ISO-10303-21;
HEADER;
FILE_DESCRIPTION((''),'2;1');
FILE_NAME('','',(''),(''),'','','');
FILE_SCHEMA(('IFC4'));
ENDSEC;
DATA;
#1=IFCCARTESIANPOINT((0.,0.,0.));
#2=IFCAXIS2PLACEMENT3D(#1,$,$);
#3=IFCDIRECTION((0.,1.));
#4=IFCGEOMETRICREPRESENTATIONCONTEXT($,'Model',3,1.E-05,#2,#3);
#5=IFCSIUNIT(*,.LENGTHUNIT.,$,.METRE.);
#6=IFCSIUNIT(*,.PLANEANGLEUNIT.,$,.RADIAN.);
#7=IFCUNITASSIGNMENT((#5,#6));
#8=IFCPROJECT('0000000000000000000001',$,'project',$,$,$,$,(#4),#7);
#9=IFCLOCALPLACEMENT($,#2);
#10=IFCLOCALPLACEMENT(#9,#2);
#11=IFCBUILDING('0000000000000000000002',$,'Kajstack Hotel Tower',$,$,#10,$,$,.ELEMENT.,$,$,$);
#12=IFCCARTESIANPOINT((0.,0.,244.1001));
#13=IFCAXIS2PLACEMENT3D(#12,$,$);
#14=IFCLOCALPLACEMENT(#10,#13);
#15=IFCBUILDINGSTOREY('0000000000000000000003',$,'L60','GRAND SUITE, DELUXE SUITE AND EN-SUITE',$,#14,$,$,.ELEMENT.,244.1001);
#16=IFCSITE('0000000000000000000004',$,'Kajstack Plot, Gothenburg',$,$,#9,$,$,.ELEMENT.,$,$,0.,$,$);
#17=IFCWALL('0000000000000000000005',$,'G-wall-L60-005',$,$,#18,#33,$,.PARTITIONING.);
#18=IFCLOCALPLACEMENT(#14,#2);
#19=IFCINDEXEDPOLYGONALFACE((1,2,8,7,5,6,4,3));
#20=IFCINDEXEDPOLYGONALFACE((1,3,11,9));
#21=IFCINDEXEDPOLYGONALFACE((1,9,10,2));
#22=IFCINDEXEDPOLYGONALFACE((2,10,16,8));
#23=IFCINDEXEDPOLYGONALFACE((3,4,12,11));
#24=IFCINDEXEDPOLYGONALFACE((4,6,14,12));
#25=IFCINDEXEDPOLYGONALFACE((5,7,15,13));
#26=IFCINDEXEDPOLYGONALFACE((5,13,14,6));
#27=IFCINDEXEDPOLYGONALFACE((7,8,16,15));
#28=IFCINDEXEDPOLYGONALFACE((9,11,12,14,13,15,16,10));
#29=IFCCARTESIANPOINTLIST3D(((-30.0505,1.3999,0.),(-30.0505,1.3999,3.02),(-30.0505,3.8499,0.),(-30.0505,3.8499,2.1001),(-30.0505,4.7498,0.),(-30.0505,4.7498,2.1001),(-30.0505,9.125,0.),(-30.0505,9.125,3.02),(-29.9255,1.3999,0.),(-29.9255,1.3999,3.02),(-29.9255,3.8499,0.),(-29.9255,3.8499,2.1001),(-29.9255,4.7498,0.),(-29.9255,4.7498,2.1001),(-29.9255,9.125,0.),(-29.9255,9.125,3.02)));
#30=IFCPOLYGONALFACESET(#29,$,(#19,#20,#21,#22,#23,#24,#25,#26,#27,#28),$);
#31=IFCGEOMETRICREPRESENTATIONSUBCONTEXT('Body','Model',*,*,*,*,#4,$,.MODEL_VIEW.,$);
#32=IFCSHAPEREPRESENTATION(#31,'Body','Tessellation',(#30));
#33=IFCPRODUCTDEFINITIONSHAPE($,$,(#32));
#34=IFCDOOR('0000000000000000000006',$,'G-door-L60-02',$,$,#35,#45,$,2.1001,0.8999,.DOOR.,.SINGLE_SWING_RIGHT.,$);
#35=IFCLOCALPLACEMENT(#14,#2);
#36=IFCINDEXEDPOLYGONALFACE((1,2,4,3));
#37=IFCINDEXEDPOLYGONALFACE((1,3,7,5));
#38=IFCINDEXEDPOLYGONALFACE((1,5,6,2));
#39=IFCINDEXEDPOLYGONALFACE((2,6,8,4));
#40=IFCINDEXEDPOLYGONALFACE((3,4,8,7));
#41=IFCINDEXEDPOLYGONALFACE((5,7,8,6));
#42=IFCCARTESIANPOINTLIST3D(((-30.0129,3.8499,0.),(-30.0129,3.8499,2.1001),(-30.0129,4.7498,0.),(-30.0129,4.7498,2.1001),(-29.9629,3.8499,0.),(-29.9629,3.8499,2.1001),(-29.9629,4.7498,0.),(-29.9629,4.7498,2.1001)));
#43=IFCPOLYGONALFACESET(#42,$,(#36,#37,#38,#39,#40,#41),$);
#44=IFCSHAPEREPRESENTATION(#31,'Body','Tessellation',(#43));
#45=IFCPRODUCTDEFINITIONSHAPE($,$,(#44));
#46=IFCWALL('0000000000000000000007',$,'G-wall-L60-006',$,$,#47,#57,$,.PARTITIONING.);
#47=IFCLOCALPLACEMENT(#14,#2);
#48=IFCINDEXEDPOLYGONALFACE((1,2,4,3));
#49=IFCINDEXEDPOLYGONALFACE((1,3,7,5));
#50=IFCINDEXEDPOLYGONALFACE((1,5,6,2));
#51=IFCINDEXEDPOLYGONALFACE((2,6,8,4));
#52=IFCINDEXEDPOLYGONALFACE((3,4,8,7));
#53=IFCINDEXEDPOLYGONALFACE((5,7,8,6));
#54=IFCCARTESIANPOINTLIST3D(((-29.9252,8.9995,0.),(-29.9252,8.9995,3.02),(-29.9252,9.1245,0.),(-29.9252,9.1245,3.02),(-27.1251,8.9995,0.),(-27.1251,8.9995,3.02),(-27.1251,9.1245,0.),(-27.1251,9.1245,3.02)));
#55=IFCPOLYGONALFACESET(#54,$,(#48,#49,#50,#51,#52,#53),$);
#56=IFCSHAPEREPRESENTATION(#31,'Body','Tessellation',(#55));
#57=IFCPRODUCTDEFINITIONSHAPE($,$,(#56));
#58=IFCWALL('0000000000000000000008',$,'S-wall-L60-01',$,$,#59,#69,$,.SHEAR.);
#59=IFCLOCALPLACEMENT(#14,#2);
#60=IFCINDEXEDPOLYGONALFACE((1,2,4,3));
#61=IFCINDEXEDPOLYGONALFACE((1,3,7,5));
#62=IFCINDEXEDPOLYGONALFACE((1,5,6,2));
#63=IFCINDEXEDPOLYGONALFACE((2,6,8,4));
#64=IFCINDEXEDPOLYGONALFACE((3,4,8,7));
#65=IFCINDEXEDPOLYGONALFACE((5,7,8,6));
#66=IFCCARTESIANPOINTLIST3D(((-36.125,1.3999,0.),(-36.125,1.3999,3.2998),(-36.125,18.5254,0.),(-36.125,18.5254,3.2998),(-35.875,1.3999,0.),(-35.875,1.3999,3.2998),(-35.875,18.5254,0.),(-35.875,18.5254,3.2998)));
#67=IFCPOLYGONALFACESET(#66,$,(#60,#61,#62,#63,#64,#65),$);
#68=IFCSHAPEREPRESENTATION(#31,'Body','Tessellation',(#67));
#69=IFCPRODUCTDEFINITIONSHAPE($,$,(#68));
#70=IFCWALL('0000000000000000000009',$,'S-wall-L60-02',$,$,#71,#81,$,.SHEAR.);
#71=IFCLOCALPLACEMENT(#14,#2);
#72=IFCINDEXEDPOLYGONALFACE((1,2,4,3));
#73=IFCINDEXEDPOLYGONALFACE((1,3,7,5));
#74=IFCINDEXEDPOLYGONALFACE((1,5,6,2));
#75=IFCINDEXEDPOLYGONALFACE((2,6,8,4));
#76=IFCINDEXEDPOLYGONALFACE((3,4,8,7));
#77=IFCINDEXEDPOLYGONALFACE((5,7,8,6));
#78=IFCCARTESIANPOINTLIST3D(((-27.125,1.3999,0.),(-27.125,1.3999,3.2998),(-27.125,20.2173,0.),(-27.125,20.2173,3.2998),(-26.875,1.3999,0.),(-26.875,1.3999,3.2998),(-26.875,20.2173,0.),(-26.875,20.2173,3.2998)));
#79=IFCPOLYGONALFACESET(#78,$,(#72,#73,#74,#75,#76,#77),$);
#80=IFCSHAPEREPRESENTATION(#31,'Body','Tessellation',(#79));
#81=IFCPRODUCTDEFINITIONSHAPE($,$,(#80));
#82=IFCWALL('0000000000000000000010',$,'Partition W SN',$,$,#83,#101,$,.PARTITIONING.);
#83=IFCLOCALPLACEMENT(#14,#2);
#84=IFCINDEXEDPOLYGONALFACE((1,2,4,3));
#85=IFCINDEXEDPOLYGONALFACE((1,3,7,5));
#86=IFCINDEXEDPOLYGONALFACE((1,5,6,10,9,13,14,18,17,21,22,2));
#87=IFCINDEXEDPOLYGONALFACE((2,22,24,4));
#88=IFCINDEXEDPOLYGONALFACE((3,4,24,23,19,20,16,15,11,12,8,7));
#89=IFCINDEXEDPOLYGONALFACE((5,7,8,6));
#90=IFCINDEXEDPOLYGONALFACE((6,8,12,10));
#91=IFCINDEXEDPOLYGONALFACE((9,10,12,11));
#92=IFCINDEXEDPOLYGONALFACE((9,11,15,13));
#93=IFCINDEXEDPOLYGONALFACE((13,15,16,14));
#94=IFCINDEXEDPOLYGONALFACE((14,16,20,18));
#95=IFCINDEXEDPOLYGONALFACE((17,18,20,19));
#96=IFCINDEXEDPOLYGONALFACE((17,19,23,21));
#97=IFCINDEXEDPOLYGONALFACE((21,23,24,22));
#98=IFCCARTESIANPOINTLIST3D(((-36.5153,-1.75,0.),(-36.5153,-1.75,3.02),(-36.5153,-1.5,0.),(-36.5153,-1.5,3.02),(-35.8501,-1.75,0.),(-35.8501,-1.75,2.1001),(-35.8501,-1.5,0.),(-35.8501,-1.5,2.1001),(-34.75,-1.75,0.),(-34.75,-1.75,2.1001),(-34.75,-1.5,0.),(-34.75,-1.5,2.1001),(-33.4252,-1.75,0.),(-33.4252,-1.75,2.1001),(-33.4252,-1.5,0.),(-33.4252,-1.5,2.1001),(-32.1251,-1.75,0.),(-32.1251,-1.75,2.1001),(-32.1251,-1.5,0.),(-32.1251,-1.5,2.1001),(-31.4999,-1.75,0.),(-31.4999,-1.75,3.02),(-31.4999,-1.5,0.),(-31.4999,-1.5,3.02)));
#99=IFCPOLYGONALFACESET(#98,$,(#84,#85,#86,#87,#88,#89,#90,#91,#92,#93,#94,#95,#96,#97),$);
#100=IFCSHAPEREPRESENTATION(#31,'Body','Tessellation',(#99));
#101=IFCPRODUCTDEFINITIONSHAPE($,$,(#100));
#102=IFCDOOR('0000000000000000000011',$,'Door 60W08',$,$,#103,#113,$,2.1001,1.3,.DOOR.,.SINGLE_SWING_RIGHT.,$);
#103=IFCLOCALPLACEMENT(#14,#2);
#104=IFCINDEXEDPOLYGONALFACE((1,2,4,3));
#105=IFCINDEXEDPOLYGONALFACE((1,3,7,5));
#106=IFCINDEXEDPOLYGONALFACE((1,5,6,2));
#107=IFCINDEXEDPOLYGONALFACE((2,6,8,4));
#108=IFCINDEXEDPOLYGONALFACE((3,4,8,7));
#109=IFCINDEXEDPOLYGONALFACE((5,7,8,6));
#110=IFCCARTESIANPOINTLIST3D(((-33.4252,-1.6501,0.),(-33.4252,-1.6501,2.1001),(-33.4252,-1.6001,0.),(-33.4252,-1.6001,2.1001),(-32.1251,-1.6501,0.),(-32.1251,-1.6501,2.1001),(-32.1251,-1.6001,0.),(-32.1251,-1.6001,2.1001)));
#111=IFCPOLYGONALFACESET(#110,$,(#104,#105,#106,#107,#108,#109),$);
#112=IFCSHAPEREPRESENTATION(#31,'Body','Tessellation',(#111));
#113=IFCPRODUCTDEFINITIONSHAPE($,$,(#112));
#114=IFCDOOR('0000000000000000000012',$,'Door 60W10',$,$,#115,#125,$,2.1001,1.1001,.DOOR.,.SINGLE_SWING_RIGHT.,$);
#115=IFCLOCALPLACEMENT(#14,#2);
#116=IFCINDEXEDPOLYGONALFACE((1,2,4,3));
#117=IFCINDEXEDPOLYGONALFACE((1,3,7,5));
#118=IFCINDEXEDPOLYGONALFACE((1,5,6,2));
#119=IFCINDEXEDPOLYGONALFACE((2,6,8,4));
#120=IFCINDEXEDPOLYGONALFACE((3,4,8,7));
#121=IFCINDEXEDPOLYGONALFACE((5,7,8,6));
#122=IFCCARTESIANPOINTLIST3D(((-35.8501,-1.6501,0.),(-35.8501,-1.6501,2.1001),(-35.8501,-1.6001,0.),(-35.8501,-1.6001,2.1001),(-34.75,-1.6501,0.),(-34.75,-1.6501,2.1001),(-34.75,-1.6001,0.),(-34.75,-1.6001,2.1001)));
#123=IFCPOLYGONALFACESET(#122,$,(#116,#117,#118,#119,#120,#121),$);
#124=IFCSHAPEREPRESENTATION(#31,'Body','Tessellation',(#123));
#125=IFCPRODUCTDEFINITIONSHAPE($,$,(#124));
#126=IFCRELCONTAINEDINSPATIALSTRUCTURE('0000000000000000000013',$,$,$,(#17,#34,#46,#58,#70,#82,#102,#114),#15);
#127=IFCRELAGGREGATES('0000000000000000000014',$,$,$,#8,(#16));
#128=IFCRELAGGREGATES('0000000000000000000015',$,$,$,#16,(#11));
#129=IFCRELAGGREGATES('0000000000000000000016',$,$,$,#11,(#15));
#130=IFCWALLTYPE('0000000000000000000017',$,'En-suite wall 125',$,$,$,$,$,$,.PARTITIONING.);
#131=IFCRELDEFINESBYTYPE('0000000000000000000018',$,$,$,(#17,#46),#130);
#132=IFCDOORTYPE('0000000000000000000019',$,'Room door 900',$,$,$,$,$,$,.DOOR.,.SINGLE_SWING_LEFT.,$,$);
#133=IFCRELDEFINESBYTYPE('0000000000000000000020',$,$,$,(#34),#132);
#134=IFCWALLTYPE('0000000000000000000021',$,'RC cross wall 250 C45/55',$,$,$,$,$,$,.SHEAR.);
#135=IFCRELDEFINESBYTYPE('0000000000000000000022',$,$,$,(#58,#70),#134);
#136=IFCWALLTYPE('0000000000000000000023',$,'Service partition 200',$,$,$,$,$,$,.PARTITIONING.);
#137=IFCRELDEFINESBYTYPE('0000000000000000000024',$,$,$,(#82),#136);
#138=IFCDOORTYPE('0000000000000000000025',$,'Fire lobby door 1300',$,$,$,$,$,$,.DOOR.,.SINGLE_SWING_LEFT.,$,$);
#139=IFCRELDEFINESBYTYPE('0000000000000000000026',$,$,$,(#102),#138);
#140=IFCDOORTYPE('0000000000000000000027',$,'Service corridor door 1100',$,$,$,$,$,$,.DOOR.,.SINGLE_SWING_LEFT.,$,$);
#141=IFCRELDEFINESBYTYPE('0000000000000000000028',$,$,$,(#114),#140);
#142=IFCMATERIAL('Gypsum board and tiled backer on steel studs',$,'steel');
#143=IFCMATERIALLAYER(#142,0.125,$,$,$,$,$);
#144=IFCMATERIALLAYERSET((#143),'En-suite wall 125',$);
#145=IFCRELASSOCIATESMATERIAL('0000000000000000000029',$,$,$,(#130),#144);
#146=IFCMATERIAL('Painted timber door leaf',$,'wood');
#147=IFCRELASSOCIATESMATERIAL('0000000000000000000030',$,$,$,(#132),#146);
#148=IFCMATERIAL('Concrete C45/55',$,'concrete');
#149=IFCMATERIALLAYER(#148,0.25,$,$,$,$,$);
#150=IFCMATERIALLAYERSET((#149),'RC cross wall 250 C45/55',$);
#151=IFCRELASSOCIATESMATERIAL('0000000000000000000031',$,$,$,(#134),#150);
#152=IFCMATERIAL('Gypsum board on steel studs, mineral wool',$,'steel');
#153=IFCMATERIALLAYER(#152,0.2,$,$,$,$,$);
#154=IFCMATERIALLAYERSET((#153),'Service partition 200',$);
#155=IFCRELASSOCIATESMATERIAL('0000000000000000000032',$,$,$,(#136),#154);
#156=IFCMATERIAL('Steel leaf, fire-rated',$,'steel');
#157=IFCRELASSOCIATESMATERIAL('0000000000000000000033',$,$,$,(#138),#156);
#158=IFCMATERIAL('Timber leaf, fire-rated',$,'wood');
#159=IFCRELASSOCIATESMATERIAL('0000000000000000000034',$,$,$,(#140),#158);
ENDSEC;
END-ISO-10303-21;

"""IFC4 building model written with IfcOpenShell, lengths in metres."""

from ifc_helpers import new_model, si_unit, direction, frame, frame_2d, origin, place, context, subcontext, project, spatial, rectangle, extrude, material, layer, layer_set, type_object, element, fill, save


model = new_model("IFC4")

# Units and contexts
model_context = context("Model", 3, precision=1e-05, world=origin(), true_north=direction((0.0, 1.0)))
body_context = subcontext(model_context, "Body", "Model", "MODEL_VIEW")
ifc_project = project(units=[si_unit("LENGTHUNIT", "METRE"), si_unit("PLANEANGLEUNIT", "RADIAN")], contexts=[model_context])

# Site, building, storey
site_placement = place(None, origin())
site = spatial("IfcSite", under=ifc_project, at=site_placement, Name="Kajstack Plot, Gothenburg", CompositionType="ELEMENT", RefElevation=0.0)
building_placement = place(site_placement, origin())
building = spatial("IfcBuilding", under=site, at=building_placement, Name="Kajstack Hotel Tower", CompositionType="ELEMENT")
storey_placement = place(building_placement, frame((0.0, 0.0, 244.1001)))
storey = spatial("IfcBuildingStorey", under=building, at=storey_placement, Name="L60", Description="GRAND SUITE, DELUXE SUITE AND EN-SUITE", CompositionType="ELEMENT", Elevation=244.1001)

# Shared definitions
ifc_material_1 = material(Name="Gypsum board on steel studs, mineral wool", Category="steel")

# Wall, opening, door
ifc_material_2 = material(Name="Gypsum board and tiled backer on steel studs", Category="steel")
ifc_layer_1 = layer(ifc_material_2, 0.125)
ifc_layer_set_1 = layer_set([ifc_layer_1], Name="En-suite wall 125")
wall_type_1 = type_object("IfcWallType", Name="En-suite wall 125", PredefinedType="PARTITIONING", material=ifc_layer_set_1)
wall_1_placement = place(storey_placement, frame((-29.988, 1.3999, 0.0), z_axis=(0.0, 0.0, 1.0), x_axis=(0.0, 1.0, 0.0)))
wall_1 = element("IfcWall", 1, at=wall_1_placement, inside=storey, type_object=wall_type_1, Name="G-wall-L60-005", PredefinedType="PARTITIONING", context=body_context, shape_type="SweptSolid", body=[
    extrude(rectangle(XDim=7.7251, YDim=0.125, at=frame_2d((3.8625, 0.0))), origin(), (0.0, 0.0, 1.0), 3.02),
])
opening_1_placement = place(wall_1_placement, frame((2.45, 0.0, 0.0)))
opening_1 = element("IfcOpeningElement", 2, at=opening_1_placement, cuts=wall_1, PredefinedType="OPENING", context=body_context, shape_type="SweptSolid", body=[
    extrude(rectangle(XDim=0.8999, YDim=2.1001, at=frame_2d((0.45, 1.05))), frame((0.0, 0.0725, 0.0), z_axis=(0.0, -1.0, 0.0), x_axis=(1.0, 0.0, 0.0)), (0.0, 0.0, 1.0), 0.145),
])
ifc_material_3 = material(Name="Painted timber door leaf", Category="wood")
door_type_1 = type_object("IfcDoorType", Name="Room door 900", OperationType="SINGLE_SWING_LEFT", PredefinedType="DOOR", material=ifc_material_3)
door_1_placement = place(opening_1_placement, origin())
door_1 = element("IfcDoor", 3, at=door_1_placement, inside=storey, type_object=door_type_1, Name="G-door-L60-02", OperationType="SINGLE_SWING_RIGHT", OverallHeight=2.1001, OverallWidth=0.8999, PredefinedType="DOOR", context=body_context, shape_type="SweptSolid", body=[
    extrude(rectangle(XDim=0.8999, YDim=2.1001, at=frame_2d((0.45, 1.05))), frame((0.0, 0.0249, 0.0), z_axis=(0.0, -1.0, 0.0), x_axis=(1.0, 0.0, 0.0)), (0.0, 0.0, 1.0), 0.05),
])
fill(opening_1, door_1)

# Walls
wall_2_placement = place(storey_placement, frame((-29.925, 9.062, 0.0), z_axis=(0.0, 0.0, 1.0), x_axis=(1.0, 0.0, 0.0)))
element("IfcWall", 4, at=wall_2_placement, inside=storey, type_object=wall_type_1, Name="G-wall-L60-006", PredefinedType="PARTITIONING", context=body_context, shape_type="SweptSolid", body=[
    extrude(rectangle(XDim=2.8, YDim=0.125, at=frame_2d((1.3999, 0.0))), origin(), (0.0, 0.0, 1.0), 3.02),
])
ifc_material_4 = material(Name="Concrete C45/55", Category="concrete")
ifc_layer_2 = layer(ifc_material_4, 0.25)
ifc_layer_set_2 = layer_set([ifc_layer_2], Name="RC cross wall 250 C45/55")
wall_type_2 = type_object("IfcWallType", Name="RC cross wall 250 C45/55", PredefinedType="SHEAR", material=ifc_layer_set_2)
wall_3_placement = place(storey_placement, frame((-36.0, 1.3999, 0.0), z_axis=(0.0, 0.0, 1.0), x_axis=(0.0, 1.0, 0.0)))
element("IfcWall", 5, at=wall_3_placement, inside=storey, type_object=wall_type_2, Name="S-wall-L60-01", PredefinedType="SHEAR", context=body_context, shape_type="SweptSolid", body=[
    extrude(rectangle(XDim=17.1255, YDim=0.25, at=frame_2d((8.5627, 0.0))), origin(), (0.0, 0.0, 1.0), 3.2998),
])
wall_4_placement = place(storey_placement, frame((-27.0, 1.3999, 0.0), z_axis=(0.0, 0.0, 1.0), x_axis=(0.0, 1.0, 0.0)))
element("IfcWall", 6, at=wall_4_placement, inside=storey, type_object=wall_type_2, Name="S-wall-L60-02", PredefinedType="SHEAR", context=body_context, shape_type="SweptSolid", body=[
    extrude(rectangle(XDim=18.8174, YDim=0.25, at=frame_2d((9.4087, 0.0))), origin(), (0.0, 0.0, 1.0), 3.2998),
])

# Wall, openings, doors
ifc_layer_3 = layer(ifc_material_1, 0.2)
ifc_layer_set_3 = layer_set([ifc_layer_3], Name="Service partition 200")
wall_type_3 = type_object("IfcWallType", Name="Service partition 200", PredefinedType="PARTITIONING", material=ifc_layer_set_3)
wall_5_placement = place(storey_placement, frame((-36.5154, -1.625, 0.0), z_axis=(0.0, 0.0, 1.0), x_axis=(1.0, 0.0, 0.0)))
wall_5 = element("IfcWall", 7, at=wall_5_placement, inside=storey, type_object=wall_type_3, Name="Partition W SN", PredefinedType="PARTITIONING", context=body_context, shape_type="SweptSolid", body=[
    extrude(rectangle(XDim=5.0154, YDim=0.25, at=frame_2d((2.5078, 0.0))), origin(), (0.0, 0.0, 1.0), 3.02),
])
opening_2_placement = place(wall_5_placement, frame((3.0903, 0.0, 0.0)))
opening_2 = element("IfcOpeningElement", 8, at=opening_2_placement, cuts=wall_5, PredefinedType="OPENING", context=body_context, shape_type="SweptSolid", body=[
    extrude(rectangle(XDim=1.3, YDim=2.1001, at=frame_2d((0.6499, 1.05))), frame((0.0, 0.135, 0.0), z_axis=(0.0, -1.0, 0.0), x_axis=(1.0, 0.0, 0.0)), (0.0, 0.0, 1.0), 0.27),
])
opening_3_placement = place(wall_5_placement, frame((0.6653, 0.0, 0.0)))
opening_3 = element("IfcOpeningElement", 9, at=opening_3_placement, cuts=wall_5, PredefinedType="OPENING", context=body_context, shape_type="SweptSolid", body=[
    extrude(rectangle(XDim=1.1001, YDim=2.1001, at=frame_2d((0.55, 1.05))), frame((0.0, 0.135, 0.0), z_axis=(0.0, -1.0, 0.0), x_axis=(1.0, 0.0, 0.0)), (0.0, 0.0, 1.0), 0.27),
])
ifc_material_5 = material(Name="Steel leaf, fire-rated", Category="steel")
door_type_2 = type_object("IfcDoorType", Name="Fire lobby door 1300", OperationType="SINGLE_SWING_LEFT", PredefinedType="DOOR", material=ifc_material_5)
door_2_placement = place(opening_2_placement, origin())
door_2 = element("IfcDoor", 10, at=door_2_placement, inside=storey, type_object=door_type_2, Name="Door 60W08", OperationType="SINGLE_SWING_RIGHT", OverallHeight=2.1001, OverallWidth=1.3, PredefinedType="DOOR", context=body_context, shape_type="SweptSolid", body=[
    extrude(rectangle(XDim=1.3, YDim=2.1001, at=frame_2d((0.6499, 1.05))), frame((0.0, 0.0249, 0.0), z_axis=(0.0, -1.0, 0.0), x_axis=(1.0, 0.0, 0.0)), (0.0, 0.0, 1.0), 0.05),
])
fill(opening_2, door_2)
ifc_material_6 = material(Name="Timber leaf, fire-rated", Category="wood")
door_type_3 = type_object("IfcDoorType", Name="Service corridor door 1100", OperationType="SINGLE_SWING_LEFT", PredefinedType="DOOR", material=ifc_material_6)
door_3_placement = place(opening_3_placement, origin())
door_3 = element("IfcDoor", 11, at=door_3_placement, inside=storey, type_object=door_type_3, Name="Door 60W10", OperationType="SINGLE_SWING_RIGHT", OverallHeight=2.1001, OverallWidth=1.1001, PredefinedType="DOOR", context=body_context, shape_type="SweptSolid", body=[
    extrude(rectangle(XDim=1.1001, YDim=2.1001, at=frame_2d((0.55, 1.05))), frame((0.0, 0.0249, 0.0), z_axis=(0.0, -1.0, 0.0), x_axis=(1.0, 0.0, 0.0)), (0.0, 0.0, 1.0), 0.05),
])
fill(opening_3, door_3)

save(model, "model.ifc")
